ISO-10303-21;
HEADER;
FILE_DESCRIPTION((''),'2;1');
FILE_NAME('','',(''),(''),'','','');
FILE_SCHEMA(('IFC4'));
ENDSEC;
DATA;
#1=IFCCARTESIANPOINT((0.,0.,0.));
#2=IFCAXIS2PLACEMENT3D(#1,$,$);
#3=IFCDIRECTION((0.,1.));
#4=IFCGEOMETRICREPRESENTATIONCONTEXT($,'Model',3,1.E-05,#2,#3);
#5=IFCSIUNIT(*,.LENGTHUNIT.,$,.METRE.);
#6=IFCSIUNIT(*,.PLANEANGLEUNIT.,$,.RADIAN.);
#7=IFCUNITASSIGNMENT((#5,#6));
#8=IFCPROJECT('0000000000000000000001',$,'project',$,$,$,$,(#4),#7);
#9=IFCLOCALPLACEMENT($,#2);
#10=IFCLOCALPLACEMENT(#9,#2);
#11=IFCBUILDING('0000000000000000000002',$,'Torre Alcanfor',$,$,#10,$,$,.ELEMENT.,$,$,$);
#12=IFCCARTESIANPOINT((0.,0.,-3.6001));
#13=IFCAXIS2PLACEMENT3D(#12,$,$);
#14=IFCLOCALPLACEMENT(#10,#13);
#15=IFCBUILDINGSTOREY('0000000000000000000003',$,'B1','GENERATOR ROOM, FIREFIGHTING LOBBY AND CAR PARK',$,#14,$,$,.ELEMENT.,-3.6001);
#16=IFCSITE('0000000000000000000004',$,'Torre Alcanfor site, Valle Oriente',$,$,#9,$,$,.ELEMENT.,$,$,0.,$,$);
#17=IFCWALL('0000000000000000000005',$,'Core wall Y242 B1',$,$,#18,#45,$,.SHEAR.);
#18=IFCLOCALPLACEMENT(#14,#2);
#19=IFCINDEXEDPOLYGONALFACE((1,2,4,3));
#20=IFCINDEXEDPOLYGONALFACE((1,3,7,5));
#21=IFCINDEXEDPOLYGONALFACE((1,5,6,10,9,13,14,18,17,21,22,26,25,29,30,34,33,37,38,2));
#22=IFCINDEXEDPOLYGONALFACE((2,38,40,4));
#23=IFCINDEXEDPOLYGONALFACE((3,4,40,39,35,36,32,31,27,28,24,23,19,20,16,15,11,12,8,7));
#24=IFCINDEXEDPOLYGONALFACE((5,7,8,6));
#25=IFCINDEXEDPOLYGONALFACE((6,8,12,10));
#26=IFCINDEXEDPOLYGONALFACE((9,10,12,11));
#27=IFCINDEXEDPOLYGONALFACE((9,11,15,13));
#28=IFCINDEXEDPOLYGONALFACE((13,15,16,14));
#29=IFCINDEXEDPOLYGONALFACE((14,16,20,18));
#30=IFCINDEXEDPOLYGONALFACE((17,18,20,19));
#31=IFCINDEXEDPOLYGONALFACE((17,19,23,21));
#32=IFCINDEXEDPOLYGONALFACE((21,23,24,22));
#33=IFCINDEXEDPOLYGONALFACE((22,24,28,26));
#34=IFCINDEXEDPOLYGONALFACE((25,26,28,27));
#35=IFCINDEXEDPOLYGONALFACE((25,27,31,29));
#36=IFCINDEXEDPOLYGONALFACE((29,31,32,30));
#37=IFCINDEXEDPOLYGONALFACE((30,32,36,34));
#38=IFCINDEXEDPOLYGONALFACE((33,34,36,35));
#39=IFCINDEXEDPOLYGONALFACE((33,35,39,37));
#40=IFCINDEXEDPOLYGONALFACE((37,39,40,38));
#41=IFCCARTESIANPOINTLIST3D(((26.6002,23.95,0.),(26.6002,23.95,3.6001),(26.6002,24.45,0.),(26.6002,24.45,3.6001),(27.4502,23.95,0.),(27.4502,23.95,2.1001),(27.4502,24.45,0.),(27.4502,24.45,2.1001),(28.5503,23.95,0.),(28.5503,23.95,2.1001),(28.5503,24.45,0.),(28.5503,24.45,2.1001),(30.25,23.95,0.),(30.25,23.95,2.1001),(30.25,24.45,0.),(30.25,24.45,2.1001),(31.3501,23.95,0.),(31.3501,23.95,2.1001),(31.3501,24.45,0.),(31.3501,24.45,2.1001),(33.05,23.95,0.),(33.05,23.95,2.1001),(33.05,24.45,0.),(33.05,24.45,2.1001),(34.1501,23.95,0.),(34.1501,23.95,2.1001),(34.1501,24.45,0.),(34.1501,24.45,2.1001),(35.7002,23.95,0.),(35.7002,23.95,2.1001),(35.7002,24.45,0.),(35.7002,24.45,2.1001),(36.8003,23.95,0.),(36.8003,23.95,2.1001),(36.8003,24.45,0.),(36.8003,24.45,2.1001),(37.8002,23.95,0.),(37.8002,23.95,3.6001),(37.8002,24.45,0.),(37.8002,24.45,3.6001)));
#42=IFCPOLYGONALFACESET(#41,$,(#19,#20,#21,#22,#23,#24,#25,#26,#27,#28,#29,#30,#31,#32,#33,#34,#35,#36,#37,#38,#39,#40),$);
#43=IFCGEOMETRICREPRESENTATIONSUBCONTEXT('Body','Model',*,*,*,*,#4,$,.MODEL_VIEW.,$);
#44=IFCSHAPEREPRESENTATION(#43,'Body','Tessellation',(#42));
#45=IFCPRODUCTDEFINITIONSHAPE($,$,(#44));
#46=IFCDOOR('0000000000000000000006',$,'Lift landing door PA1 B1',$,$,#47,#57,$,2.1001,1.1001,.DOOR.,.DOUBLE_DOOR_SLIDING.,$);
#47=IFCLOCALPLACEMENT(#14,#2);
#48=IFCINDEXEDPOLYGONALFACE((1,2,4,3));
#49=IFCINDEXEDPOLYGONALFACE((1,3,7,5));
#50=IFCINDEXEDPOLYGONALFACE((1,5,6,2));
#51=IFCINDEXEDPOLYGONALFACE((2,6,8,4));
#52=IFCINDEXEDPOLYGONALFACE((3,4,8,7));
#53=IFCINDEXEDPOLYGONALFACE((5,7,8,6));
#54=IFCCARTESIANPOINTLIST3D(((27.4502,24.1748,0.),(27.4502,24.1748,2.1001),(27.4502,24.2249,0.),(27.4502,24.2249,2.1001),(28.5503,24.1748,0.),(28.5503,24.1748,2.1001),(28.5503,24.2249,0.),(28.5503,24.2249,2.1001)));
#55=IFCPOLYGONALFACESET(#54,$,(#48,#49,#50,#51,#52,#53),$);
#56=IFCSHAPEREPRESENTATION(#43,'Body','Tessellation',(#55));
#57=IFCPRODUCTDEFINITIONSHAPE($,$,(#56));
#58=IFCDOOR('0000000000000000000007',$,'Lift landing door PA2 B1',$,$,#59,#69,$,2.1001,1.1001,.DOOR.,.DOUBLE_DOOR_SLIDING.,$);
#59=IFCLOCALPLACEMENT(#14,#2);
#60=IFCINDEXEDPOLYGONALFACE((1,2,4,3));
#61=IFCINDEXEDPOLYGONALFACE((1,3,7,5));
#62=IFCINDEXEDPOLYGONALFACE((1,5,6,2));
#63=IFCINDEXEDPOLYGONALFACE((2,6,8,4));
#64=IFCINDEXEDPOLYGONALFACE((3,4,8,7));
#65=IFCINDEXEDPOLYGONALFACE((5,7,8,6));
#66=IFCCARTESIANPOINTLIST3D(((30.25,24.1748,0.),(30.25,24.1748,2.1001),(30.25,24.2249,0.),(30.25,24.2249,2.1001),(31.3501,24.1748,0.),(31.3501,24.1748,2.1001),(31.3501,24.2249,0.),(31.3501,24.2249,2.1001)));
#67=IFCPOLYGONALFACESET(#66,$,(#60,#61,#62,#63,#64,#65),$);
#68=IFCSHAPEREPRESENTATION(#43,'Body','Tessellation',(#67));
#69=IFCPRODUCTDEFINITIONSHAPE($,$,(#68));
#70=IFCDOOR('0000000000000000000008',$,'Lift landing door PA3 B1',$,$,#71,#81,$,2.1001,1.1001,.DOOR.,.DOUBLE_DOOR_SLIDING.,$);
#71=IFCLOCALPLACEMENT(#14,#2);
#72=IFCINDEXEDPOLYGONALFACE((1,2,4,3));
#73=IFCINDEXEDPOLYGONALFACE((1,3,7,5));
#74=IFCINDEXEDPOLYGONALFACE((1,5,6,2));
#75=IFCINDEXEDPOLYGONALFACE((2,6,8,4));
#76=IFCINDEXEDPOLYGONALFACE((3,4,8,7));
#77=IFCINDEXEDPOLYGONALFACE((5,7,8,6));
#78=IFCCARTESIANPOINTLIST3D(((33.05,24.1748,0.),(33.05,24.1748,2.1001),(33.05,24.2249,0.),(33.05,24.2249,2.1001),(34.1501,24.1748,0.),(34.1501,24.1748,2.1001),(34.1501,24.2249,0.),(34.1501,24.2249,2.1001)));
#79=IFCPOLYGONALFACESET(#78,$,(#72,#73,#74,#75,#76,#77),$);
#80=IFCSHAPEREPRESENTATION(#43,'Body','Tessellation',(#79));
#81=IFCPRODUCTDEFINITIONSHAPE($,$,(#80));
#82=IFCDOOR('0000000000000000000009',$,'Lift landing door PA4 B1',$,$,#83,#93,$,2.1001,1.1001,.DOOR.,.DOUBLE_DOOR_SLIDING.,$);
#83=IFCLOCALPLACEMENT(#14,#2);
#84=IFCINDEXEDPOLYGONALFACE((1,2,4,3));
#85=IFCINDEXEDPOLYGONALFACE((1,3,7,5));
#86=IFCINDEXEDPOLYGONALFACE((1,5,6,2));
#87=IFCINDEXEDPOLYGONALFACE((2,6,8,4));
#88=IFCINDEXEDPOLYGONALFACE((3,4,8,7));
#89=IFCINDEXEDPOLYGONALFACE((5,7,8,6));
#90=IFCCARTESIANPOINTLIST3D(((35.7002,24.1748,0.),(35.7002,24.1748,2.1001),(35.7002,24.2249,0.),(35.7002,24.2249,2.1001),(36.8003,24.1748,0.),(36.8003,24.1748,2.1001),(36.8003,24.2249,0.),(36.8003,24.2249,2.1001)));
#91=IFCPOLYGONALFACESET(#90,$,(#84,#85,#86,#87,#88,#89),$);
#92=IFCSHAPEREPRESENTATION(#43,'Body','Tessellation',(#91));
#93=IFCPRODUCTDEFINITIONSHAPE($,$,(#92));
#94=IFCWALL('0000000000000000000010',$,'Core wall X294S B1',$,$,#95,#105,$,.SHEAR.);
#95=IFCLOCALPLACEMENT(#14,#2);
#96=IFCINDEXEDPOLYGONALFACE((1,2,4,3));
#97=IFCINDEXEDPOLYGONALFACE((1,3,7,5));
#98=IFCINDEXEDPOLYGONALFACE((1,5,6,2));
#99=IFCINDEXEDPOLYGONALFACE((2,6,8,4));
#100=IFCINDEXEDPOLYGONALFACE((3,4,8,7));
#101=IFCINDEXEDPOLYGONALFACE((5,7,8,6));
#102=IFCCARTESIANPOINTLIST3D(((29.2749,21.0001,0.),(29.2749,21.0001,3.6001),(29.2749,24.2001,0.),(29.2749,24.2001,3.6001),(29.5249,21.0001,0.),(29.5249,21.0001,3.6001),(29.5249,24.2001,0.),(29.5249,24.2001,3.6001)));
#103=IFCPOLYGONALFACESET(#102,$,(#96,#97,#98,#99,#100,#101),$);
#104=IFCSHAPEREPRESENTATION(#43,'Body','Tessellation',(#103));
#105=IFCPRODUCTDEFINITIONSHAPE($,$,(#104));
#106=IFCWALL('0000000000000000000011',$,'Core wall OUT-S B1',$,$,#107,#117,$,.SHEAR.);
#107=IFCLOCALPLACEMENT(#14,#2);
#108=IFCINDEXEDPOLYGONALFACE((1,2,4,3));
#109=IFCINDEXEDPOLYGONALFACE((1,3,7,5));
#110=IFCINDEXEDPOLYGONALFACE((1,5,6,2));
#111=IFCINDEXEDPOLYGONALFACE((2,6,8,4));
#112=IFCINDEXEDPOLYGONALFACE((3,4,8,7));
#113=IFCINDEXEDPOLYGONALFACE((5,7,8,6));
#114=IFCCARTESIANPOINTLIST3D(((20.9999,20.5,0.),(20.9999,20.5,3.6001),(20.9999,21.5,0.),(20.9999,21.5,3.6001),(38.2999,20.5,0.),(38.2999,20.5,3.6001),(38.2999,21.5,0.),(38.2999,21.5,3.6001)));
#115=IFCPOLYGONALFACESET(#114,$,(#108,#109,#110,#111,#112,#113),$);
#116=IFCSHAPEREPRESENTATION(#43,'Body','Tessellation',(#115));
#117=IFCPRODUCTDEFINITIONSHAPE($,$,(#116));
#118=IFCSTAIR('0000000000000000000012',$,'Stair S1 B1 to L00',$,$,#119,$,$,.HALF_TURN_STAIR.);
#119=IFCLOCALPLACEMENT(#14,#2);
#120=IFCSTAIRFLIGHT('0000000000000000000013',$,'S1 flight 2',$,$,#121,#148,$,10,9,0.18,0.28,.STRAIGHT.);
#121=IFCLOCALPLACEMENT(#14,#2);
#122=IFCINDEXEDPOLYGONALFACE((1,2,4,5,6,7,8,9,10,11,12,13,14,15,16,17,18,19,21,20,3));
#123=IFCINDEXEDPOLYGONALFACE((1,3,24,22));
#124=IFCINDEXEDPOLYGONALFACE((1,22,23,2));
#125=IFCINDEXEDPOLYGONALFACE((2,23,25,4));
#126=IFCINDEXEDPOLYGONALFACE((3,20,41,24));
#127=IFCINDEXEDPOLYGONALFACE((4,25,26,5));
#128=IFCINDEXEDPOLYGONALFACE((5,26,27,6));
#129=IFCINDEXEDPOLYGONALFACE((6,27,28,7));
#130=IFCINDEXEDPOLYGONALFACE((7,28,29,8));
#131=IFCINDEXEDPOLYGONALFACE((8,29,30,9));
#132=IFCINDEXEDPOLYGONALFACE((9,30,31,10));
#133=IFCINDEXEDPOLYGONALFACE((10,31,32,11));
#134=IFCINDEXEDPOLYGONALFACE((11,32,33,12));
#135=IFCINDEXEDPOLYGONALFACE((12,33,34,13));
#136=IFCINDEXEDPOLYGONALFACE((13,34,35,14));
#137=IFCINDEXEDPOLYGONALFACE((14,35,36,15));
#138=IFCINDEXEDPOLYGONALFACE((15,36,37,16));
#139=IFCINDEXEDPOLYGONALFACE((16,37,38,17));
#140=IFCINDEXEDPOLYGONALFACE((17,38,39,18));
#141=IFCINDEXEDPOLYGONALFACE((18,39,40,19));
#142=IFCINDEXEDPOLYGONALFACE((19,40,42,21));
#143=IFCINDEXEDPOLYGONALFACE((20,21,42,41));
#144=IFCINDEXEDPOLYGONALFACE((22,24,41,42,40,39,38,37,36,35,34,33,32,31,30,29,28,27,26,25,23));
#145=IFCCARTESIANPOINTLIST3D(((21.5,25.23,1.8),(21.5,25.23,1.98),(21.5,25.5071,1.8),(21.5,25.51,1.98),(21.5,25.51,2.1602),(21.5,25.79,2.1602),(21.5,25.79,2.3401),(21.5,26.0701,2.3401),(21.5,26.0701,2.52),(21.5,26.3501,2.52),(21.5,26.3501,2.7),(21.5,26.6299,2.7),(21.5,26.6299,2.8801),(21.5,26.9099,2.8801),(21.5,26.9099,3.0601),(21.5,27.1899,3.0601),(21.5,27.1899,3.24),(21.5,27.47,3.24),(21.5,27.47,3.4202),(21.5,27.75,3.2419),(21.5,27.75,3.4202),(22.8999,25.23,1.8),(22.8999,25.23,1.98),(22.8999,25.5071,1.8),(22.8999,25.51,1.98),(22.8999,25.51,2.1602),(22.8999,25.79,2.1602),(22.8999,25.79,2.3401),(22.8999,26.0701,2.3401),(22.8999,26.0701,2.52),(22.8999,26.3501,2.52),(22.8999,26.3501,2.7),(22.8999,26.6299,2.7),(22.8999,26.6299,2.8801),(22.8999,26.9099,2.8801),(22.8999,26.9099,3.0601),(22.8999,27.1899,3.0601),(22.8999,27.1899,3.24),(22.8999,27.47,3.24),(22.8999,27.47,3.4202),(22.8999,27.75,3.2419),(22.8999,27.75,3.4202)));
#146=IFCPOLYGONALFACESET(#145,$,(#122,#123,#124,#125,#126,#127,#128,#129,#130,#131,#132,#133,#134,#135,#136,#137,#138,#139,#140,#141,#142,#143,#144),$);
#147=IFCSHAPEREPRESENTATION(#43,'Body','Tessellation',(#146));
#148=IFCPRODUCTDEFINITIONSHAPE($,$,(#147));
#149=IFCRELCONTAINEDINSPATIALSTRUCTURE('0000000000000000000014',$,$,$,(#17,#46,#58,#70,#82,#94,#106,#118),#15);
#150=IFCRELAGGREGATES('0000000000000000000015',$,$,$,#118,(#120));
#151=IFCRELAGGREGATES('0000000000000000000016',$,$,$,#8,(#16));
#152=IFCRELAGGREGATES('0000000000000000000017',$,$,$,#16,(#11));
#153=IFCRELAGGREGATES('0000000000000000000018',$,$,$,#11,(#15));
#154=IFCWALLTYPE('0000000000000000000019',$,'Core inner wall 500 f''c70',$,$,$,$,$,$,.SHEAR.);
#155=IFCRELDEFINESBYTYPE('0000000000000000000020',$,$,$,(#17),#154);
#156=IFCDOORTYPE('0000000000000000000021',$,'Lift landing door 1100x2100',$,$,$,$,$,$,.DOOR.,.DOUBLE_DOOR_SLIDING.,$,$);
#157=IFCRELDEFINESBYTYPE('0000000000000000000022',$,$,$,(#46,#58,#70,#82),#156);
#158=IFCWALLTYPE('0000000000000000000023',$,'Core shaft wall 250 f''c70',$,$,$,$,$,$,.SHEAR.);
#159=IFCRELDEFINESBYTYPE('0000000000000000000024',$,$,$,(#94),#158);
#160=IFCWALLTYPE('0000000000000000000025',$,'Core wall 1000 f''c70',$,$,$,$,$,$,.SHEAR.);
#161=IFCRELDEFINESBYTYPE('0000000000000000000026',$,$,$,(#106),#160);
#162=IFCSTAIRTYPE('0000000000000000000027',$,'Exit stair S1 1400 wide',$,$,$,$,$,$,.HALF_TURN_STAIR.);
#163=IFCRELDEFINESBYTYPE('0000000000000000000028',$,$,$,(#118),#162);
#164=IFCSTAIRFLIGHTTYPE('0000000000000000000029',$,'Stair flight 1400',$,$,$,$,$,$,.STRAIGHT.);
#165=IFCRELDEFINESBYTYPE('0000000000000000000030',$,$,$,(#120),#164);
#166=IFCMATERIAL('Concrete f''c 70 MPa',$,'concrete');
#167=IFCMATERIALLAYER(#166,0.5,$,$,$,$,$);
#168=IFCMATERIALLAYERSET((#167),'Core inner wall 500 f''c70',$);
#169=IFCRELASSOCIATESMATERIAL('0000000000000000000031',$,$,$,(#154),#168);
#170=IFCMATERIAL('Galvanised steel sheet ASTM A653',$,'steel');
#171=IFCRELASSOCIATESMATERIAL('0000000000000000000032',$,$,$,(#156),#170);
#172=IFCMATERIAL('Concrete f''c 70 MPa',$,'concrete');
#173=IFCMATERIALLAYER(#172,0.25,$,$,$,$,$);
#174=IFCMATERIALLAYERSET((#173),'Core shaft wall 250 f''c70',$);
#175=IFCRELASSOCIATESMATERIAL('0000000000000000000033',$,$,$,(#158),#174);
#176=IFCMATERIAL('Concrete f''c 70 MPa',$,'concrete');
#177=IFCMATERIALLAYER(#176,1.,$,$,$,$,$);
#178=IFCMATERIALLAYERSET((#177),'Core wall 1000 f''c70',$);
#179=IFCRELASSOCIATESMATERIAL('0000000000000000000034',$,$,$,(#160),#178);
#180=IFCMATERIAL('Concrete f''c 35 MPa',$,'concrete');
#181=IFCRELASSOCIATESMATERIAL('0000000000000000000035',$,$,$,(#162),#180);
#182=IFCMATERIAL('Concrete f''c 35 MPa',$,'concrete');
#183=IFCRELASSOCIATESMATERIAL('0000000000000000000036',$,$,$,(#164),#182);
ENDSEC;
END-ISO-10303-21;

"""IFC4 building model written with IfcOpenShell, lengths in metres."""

from ifc_helpers import new_model, si_unit, direction, frame, frame_2d, origin, place, context, subcontext, project, spatial, polyline, rectangle, outline, extrude, material, layer, layer_set, type_object, element, fill, aggregate, save


model = new_model("IFC4")

# Units and contexts
model_context = context("Model", 3, precision=1e-05, world=origin(), true_north=direction((0.0, 1.0)))
body_context = subcontext(model_context, "Body", "Model", "MODEL_VIEW")
ifc_project = project(units=[si_unit("LENGTHUNIT", "METRE"), si_unit("PLANEANGLEUNIT", "RADIAN")], contexts=[model_context])

# Site, building, storey
site_placement = place(None, origin())
site = spatial("IfcSite", under=ifc_project, at=site_placement, Name="Torre Alcanfor site, Valle Oriente", CompositionType="ELEMENT", RefElevation=0.0)
building_placement = place(site_placement, origin())
building = spatial("IfcBuilding", under=site, at=building_placement, Name="Torre Alcanfor", CompositionType="ELEMENT")
storey_placement = place(building_placement, frame((0.0, 0.0, -3.6001)))
storey = spatial("IfcBuildingStorey", under=building, at=storey_placement, Name="B1", Description="GENERATOR ROOM, FIREFIGHTING LOBBY AND CAR PARK", CompositionType="ELEMENT", Elevation=-3.6001)

# Shared definitions
ifc_material_1 = material(Name="Concrete f'c 70 MPa", Category="concrete")
ifc_layer_1 = layer(ifc_material_1, 0.5)
ifc_layer_set_1 = layer_set([ifc_layer_1], Name="Core inner wall 500 f'c70")
wall_type_1 = type_object("IfcWallType", Name="Core inner wall 500 f'c70", PredefinedType="SHEAR", material=ifc_layer_set_1)

# Wall, openings, doors
wall_1_placement = place(storey_placement, frame((26.6001, 24.2, 0.0), z_axis=(0.0, 0.0, 1.0), x_axis=(1.0, 0.0, 0.0)))
wall_1 = element("IfcWall", 1, at=wall_1_placement, inside=storey, type_object=wall_type_1, Name="Core wall Y242 B1", PredefinedType="SHEAR", context=body_context, shape_type="SweptSolid", body=[
    extrude(rectangle(XDim=11.2, YDim=0.5, at=frame_2d((5.6001, 0.0))), origin(), (0.0, 0.0, 1.0), 3.6001),
])
opening_1_placement = place(wall_1_placement, frame((0.8501, 0.0, 0.0)))
opening_1 = element("IfcOpeningElement", 2, at=opening_1_placement, cuts=wall_1, PredefinedType="OPENING", context=body_context, shape_type="SweptSolid", body=[
    extrude(rectangle(XDim=1.1001, YDim=2.1001, at=frame_2d((0.55, 1.05))), frame((0.0, 0.26, 0.0), z_axis=(0.0, -1.0, 0.0), x_axis=(1.0, 0.0, 0.0)), (0.0, 0.0, 1.0), 0.52),
])
opening_2_placement = place(wall_1_placement, frame((3.6499, 0.0, 0.0)))
opening_2 = element("IfcOpeningElement", 3, at=opening_2_placement, cuts=wall_1, PredefinedType="OPENING", context=body_context, shape_type="SweptSolid", body=[
    extrude(rectangle(XDim=1.1001, YDim=2.1001, at=frame_2d((0.55, 1.05))), frame((0.0, 0.26, 0.0), z_axis=(0.0, -1.0, 0.0), x_axis=(1.0, 0.0, 0.0)), (0.0, 0.0, 1.0), 0.52),
])
opening_3_placement = place(wall_1_placement, frame((6.45, 0.0, 0.0)))
opening_3 = element("IfcOpeningElement", 4, at=opening_3_placement, cuts=wall_1, PredefinedType="OPENING", context=body_context, shape_type="SweptSolid", body=[
    extrude(rectangle(XDim=1.1001, YDim=2.1001, at=frame_2d((0.55, 1.05))), frame((0.0, 0.26, 0.0), z_axis=(0.0, -1.0, 0.0), x_axis=(1.0, 0.0, 0.0)), (0.0, 0.0, 1.0), 0.52),
])
opening_4_placement = place(wall_1_placement, frame((9.1001, 0.0, 0.0)))
opening_4 = element("IfcOpeningElement", 5, at=opening_4_placement, cuts=wall_1, PredefinedType="OPENING", context=body_context, shape_type="SweptSolid", body=[
    extrude(rectangle(XDim=1.1001, YDim=2.1001, at=frame_2d((0.55, 1.05))), frame((0.0, 0.26, 0.0), z_axis=(0.0, -1.0, 0.0), x_axis=(1.0, 0.0, 0.0)), (0.0, 0.0, 1.0), 0.52),
])
ifc_material_2 = material(Name="Galvanised steel sheet ASTM A653", Category="steel")
door_type_1 = type_object("IfcDoorType", Name="Lift landing door 1100x2100", OperationType="DOUBLE_DOOR_SLIDING", PredefinedType="DOOR", material=ifc_material_2)
door_1_placement = place(opening_1_placement, origin())
door_1 = element("IfcDoor", 6, at=door_1_placement, inside=storey, type_object=door_type_1, Name="Lift landing door PA1 B1", OperationType="DOUBLE_DOOR_SLIDING", OverallHeight=2.1001, OverallWidth=1.1001, PredefinedType="DOOR", context=body_context, shape_type="SweptSolid", body=[
    extrude(rectangle(XDim=1.1001, YDim=2.1001, at=frame_2d((0.55, 1.05))), frame((0.0, 0.0249, 0.0), z_axis=(0.0, -1.0, 0.0), x_axis=(1.0, 0.0, 0.0)), (0.0, 0.0, 1.0), 0.05),
])
fill(opening_1, door_1)
door_2_placement = place(opening_2_placement, origin())
door_2 = element("IfcDoor", 7, at=door_2_placement, inside=storey, type_object=door_type_1, Name="Lift landing door PA2 B1", OperationType="DOUBLE_DOOR_SLIDING", OverallHeight=2.1001, OverallWidth=1.1001, PredefinedType="DOOR", context=body_context, shape_type="SweptSolid", body=[
    extrude(rectangle(XDim=1.1001, YDim=2.1001, at=frame_2d((0.55, 1.05))), frame((0.0, 0.0249, 0.0), z_axis=(0.0, -1.0, 0.0), x_axis=(1.0, 0.0, 0.0)), (0.0, 0.0, 1.0), 0.05),
])
fill(opening_2, door_2)
door_3_placement = place(opening_3_placement, origin())
door_3 = element("IfcDoor", 8, at=door_3_placement, inside=storey, type_object=door_type_1, Name="Lift landing door PA3 B1", OperationType="DOUBLE_DOOR_SLIDING", OverallHeight=2.1001, OverallWidth=1.1001, PredefinedType="DOOR", context=body_context, shape_type="SweptSolid", body=[
    extrude(rectangle(XDim=1.1001, YDim=2.1001, at=frame_2d((0.55, 1.05))), frame((0.0, 0.0249, 0.0), z_axis=(0.0, -1.0, 0.0), x_axis=(1.0, 0.0, 0.0)), (0.0, 0.0, 1.0), 0.05),
])
fill(opening_3, door_3)
door_4_placement = place(opening_4_placement, origin())
door_4 = element("IfcDoor", 9, at=door_4_placement, inside=storey, type_object=door_type_1, Name="Lift landing door PA4 B1", OperationType="DOUBLE_DOOR_SLIDING", OverallHeight=2.1001, OverallWidth=1.1001, PredefinedType="DOOR", context=body_context, shape_type="SweptSolid", body=[
    extrude(rectangle(XDim=1.1001, YDim=2.1001, at=frame_2d((0.55, 1.05))), frame((0.0, 0.0249, 0.0), z_axis=(0.0, -1.0, 0.0), x_axis=(1.0, 0.0, 0.0)), (0.0, 0.0, 1.0), 0.05),
])
fill(opening_4, door_4)

# Walls
ifc_material_3 = material(Name="Concrete f'c 70 MPa", Category="concrete")
ifc_layer_2 = layer(ifc_material_3, 0.25)
ifc_layer_set_2 = layer_set([ifc_layer_2], Name="Core shaft wall 250 f'c70")
wall_type_2 = type_object("IfcWallType", Name="Core shaft wall 250 f'c70", PredefinedType="SHEAR", material=ifc_layer_set_2)
wall_2_placement = place(storey_placement, frame((29.3999, 21.0, 0.0), z_axis=(0.0, 0.0, 1.0), x_axis=(0.0, 1.0, 0.0)))
element("IfcWall", 10, at=wall_2_placement, inside=storey, type_object=wall_type_2, Name="Core wall X294S B1", PredefinedType="SHEAR", context=body_context, shape_type="SweptSolid", body=[
    extrude(rectangle(XDim=3.2, YDim=0.25, at=frame_2d((1.6001, 0.0))), origin(), (0.0, 0.0, 1.0), 3.6001),
])
ifc_material_4 = material(Name="Concrete f'c 70 MPa", Category="concrete")
ifc_layer_3 = layer(ifc_material_4, 1.0)
ifc_layer_set_3 = layer_set([ifc_layer_3], Name="Core wall 1000 f'c70")
wall_type_3 = type_object("IfcWallType", Name="Core wall 1000 f'c70", PredefinedType="SHEAR", material=ifc_layer_set_3)
wall_3_placement = place(storey_placement, frame((21.0, 21.0, 0.0), z_axis=(0.0, 0.0, 1.0), x_axis=(1.0, 0.0, 0.0)))
element("IfcWall", 11, at=wall_3_placement, inside=storey, type_object=wall_type_3, Name="Core wall OUT-S B1", PredefinedType="SHEAR", context=body_context, shape_type="SweptSolid", body=[
    extrude(rectangle(XDim=17.3, YDim=1.0, at=frame_2d((8.6499, 0.0))), origin(), (0.0, 0.0, 1.0), 3.6001),
])

# Stair, stair flight
ifc_material_5 = material(Name="Concrete f'c 35 MPa", Category="concrete")
stair_type = type_object("IfcStairType", Name="Exit stair S1 1400 wide", PredefinedType="HALF_TURN_STAIR", material=ifc_material_5)
stair_placement = place(storey_placement, origin())
stair = element("IfcStair", 12, at=stair_placement, inside=storey, type_object=stair_type, Name="Stair S1 B1 to L00", PredefinedType="HALF_TURN_STAIR")
ifc_material_6 = material(Name="Concrete f'c 35 MPa", Category="concrete")
stair_flight_type = type_object("IfcStairFlightType", Name="Stair flight 1400", PredefinedType="STRAIGHT", material=ifc_material_6)
stair_flight_placement = place(storey_placement, frame((22.2, 25.23, 1.8), z_axis=(0.0, 0.0, 1.0), x_axis=(0.0, 1.0, 0.0)))
stair_flight = element("IfcStairFlight", 13, at=stair_flight_placement, type_object=stair_flight_type, Name="S1 flight 2", NumberOfRisers=10, NumberOfTreads=9, PredefinedType="STRAIGHT", RiserHeight=0.18, TreadLength=0.28, context=body_context, shape_type="SweptSolid", body=[
    extrude(outline(polyline([(0.0, 0.0), (0.0, 0.1799), (0.28, 0.1799), (0.28, 0.3601), (0.5601, 0.3601), (0.5601, 0.54), (0.8401, 0.54), (0.8401, 0.72), (1.1201, 0.72), (1.1201, 0.8999), (1.3999, 0.8999), (1.3999, 1.0801), (1.6799, 1.0801), (1.6799, 1.26), (1.96, 1.26), (1.96, 1.4399), (2.24, 1.4399), (2.24, 1.6201), (2.52, 1.6201), (2.52, 1.8), (2.52, 1.4419), (0.2771, 0.0), (0.0, 0.0)])), frame((0.0, 0.7, 0.0), z_axis=(0.0, -1.0, 0.0), x_axis=(1.0, 0.0, 0.0)), (0.0, 0.0, 1.0), 1.3999),
])
aggregate(stair, [stair_flight])

save(model, "model.ifc")
